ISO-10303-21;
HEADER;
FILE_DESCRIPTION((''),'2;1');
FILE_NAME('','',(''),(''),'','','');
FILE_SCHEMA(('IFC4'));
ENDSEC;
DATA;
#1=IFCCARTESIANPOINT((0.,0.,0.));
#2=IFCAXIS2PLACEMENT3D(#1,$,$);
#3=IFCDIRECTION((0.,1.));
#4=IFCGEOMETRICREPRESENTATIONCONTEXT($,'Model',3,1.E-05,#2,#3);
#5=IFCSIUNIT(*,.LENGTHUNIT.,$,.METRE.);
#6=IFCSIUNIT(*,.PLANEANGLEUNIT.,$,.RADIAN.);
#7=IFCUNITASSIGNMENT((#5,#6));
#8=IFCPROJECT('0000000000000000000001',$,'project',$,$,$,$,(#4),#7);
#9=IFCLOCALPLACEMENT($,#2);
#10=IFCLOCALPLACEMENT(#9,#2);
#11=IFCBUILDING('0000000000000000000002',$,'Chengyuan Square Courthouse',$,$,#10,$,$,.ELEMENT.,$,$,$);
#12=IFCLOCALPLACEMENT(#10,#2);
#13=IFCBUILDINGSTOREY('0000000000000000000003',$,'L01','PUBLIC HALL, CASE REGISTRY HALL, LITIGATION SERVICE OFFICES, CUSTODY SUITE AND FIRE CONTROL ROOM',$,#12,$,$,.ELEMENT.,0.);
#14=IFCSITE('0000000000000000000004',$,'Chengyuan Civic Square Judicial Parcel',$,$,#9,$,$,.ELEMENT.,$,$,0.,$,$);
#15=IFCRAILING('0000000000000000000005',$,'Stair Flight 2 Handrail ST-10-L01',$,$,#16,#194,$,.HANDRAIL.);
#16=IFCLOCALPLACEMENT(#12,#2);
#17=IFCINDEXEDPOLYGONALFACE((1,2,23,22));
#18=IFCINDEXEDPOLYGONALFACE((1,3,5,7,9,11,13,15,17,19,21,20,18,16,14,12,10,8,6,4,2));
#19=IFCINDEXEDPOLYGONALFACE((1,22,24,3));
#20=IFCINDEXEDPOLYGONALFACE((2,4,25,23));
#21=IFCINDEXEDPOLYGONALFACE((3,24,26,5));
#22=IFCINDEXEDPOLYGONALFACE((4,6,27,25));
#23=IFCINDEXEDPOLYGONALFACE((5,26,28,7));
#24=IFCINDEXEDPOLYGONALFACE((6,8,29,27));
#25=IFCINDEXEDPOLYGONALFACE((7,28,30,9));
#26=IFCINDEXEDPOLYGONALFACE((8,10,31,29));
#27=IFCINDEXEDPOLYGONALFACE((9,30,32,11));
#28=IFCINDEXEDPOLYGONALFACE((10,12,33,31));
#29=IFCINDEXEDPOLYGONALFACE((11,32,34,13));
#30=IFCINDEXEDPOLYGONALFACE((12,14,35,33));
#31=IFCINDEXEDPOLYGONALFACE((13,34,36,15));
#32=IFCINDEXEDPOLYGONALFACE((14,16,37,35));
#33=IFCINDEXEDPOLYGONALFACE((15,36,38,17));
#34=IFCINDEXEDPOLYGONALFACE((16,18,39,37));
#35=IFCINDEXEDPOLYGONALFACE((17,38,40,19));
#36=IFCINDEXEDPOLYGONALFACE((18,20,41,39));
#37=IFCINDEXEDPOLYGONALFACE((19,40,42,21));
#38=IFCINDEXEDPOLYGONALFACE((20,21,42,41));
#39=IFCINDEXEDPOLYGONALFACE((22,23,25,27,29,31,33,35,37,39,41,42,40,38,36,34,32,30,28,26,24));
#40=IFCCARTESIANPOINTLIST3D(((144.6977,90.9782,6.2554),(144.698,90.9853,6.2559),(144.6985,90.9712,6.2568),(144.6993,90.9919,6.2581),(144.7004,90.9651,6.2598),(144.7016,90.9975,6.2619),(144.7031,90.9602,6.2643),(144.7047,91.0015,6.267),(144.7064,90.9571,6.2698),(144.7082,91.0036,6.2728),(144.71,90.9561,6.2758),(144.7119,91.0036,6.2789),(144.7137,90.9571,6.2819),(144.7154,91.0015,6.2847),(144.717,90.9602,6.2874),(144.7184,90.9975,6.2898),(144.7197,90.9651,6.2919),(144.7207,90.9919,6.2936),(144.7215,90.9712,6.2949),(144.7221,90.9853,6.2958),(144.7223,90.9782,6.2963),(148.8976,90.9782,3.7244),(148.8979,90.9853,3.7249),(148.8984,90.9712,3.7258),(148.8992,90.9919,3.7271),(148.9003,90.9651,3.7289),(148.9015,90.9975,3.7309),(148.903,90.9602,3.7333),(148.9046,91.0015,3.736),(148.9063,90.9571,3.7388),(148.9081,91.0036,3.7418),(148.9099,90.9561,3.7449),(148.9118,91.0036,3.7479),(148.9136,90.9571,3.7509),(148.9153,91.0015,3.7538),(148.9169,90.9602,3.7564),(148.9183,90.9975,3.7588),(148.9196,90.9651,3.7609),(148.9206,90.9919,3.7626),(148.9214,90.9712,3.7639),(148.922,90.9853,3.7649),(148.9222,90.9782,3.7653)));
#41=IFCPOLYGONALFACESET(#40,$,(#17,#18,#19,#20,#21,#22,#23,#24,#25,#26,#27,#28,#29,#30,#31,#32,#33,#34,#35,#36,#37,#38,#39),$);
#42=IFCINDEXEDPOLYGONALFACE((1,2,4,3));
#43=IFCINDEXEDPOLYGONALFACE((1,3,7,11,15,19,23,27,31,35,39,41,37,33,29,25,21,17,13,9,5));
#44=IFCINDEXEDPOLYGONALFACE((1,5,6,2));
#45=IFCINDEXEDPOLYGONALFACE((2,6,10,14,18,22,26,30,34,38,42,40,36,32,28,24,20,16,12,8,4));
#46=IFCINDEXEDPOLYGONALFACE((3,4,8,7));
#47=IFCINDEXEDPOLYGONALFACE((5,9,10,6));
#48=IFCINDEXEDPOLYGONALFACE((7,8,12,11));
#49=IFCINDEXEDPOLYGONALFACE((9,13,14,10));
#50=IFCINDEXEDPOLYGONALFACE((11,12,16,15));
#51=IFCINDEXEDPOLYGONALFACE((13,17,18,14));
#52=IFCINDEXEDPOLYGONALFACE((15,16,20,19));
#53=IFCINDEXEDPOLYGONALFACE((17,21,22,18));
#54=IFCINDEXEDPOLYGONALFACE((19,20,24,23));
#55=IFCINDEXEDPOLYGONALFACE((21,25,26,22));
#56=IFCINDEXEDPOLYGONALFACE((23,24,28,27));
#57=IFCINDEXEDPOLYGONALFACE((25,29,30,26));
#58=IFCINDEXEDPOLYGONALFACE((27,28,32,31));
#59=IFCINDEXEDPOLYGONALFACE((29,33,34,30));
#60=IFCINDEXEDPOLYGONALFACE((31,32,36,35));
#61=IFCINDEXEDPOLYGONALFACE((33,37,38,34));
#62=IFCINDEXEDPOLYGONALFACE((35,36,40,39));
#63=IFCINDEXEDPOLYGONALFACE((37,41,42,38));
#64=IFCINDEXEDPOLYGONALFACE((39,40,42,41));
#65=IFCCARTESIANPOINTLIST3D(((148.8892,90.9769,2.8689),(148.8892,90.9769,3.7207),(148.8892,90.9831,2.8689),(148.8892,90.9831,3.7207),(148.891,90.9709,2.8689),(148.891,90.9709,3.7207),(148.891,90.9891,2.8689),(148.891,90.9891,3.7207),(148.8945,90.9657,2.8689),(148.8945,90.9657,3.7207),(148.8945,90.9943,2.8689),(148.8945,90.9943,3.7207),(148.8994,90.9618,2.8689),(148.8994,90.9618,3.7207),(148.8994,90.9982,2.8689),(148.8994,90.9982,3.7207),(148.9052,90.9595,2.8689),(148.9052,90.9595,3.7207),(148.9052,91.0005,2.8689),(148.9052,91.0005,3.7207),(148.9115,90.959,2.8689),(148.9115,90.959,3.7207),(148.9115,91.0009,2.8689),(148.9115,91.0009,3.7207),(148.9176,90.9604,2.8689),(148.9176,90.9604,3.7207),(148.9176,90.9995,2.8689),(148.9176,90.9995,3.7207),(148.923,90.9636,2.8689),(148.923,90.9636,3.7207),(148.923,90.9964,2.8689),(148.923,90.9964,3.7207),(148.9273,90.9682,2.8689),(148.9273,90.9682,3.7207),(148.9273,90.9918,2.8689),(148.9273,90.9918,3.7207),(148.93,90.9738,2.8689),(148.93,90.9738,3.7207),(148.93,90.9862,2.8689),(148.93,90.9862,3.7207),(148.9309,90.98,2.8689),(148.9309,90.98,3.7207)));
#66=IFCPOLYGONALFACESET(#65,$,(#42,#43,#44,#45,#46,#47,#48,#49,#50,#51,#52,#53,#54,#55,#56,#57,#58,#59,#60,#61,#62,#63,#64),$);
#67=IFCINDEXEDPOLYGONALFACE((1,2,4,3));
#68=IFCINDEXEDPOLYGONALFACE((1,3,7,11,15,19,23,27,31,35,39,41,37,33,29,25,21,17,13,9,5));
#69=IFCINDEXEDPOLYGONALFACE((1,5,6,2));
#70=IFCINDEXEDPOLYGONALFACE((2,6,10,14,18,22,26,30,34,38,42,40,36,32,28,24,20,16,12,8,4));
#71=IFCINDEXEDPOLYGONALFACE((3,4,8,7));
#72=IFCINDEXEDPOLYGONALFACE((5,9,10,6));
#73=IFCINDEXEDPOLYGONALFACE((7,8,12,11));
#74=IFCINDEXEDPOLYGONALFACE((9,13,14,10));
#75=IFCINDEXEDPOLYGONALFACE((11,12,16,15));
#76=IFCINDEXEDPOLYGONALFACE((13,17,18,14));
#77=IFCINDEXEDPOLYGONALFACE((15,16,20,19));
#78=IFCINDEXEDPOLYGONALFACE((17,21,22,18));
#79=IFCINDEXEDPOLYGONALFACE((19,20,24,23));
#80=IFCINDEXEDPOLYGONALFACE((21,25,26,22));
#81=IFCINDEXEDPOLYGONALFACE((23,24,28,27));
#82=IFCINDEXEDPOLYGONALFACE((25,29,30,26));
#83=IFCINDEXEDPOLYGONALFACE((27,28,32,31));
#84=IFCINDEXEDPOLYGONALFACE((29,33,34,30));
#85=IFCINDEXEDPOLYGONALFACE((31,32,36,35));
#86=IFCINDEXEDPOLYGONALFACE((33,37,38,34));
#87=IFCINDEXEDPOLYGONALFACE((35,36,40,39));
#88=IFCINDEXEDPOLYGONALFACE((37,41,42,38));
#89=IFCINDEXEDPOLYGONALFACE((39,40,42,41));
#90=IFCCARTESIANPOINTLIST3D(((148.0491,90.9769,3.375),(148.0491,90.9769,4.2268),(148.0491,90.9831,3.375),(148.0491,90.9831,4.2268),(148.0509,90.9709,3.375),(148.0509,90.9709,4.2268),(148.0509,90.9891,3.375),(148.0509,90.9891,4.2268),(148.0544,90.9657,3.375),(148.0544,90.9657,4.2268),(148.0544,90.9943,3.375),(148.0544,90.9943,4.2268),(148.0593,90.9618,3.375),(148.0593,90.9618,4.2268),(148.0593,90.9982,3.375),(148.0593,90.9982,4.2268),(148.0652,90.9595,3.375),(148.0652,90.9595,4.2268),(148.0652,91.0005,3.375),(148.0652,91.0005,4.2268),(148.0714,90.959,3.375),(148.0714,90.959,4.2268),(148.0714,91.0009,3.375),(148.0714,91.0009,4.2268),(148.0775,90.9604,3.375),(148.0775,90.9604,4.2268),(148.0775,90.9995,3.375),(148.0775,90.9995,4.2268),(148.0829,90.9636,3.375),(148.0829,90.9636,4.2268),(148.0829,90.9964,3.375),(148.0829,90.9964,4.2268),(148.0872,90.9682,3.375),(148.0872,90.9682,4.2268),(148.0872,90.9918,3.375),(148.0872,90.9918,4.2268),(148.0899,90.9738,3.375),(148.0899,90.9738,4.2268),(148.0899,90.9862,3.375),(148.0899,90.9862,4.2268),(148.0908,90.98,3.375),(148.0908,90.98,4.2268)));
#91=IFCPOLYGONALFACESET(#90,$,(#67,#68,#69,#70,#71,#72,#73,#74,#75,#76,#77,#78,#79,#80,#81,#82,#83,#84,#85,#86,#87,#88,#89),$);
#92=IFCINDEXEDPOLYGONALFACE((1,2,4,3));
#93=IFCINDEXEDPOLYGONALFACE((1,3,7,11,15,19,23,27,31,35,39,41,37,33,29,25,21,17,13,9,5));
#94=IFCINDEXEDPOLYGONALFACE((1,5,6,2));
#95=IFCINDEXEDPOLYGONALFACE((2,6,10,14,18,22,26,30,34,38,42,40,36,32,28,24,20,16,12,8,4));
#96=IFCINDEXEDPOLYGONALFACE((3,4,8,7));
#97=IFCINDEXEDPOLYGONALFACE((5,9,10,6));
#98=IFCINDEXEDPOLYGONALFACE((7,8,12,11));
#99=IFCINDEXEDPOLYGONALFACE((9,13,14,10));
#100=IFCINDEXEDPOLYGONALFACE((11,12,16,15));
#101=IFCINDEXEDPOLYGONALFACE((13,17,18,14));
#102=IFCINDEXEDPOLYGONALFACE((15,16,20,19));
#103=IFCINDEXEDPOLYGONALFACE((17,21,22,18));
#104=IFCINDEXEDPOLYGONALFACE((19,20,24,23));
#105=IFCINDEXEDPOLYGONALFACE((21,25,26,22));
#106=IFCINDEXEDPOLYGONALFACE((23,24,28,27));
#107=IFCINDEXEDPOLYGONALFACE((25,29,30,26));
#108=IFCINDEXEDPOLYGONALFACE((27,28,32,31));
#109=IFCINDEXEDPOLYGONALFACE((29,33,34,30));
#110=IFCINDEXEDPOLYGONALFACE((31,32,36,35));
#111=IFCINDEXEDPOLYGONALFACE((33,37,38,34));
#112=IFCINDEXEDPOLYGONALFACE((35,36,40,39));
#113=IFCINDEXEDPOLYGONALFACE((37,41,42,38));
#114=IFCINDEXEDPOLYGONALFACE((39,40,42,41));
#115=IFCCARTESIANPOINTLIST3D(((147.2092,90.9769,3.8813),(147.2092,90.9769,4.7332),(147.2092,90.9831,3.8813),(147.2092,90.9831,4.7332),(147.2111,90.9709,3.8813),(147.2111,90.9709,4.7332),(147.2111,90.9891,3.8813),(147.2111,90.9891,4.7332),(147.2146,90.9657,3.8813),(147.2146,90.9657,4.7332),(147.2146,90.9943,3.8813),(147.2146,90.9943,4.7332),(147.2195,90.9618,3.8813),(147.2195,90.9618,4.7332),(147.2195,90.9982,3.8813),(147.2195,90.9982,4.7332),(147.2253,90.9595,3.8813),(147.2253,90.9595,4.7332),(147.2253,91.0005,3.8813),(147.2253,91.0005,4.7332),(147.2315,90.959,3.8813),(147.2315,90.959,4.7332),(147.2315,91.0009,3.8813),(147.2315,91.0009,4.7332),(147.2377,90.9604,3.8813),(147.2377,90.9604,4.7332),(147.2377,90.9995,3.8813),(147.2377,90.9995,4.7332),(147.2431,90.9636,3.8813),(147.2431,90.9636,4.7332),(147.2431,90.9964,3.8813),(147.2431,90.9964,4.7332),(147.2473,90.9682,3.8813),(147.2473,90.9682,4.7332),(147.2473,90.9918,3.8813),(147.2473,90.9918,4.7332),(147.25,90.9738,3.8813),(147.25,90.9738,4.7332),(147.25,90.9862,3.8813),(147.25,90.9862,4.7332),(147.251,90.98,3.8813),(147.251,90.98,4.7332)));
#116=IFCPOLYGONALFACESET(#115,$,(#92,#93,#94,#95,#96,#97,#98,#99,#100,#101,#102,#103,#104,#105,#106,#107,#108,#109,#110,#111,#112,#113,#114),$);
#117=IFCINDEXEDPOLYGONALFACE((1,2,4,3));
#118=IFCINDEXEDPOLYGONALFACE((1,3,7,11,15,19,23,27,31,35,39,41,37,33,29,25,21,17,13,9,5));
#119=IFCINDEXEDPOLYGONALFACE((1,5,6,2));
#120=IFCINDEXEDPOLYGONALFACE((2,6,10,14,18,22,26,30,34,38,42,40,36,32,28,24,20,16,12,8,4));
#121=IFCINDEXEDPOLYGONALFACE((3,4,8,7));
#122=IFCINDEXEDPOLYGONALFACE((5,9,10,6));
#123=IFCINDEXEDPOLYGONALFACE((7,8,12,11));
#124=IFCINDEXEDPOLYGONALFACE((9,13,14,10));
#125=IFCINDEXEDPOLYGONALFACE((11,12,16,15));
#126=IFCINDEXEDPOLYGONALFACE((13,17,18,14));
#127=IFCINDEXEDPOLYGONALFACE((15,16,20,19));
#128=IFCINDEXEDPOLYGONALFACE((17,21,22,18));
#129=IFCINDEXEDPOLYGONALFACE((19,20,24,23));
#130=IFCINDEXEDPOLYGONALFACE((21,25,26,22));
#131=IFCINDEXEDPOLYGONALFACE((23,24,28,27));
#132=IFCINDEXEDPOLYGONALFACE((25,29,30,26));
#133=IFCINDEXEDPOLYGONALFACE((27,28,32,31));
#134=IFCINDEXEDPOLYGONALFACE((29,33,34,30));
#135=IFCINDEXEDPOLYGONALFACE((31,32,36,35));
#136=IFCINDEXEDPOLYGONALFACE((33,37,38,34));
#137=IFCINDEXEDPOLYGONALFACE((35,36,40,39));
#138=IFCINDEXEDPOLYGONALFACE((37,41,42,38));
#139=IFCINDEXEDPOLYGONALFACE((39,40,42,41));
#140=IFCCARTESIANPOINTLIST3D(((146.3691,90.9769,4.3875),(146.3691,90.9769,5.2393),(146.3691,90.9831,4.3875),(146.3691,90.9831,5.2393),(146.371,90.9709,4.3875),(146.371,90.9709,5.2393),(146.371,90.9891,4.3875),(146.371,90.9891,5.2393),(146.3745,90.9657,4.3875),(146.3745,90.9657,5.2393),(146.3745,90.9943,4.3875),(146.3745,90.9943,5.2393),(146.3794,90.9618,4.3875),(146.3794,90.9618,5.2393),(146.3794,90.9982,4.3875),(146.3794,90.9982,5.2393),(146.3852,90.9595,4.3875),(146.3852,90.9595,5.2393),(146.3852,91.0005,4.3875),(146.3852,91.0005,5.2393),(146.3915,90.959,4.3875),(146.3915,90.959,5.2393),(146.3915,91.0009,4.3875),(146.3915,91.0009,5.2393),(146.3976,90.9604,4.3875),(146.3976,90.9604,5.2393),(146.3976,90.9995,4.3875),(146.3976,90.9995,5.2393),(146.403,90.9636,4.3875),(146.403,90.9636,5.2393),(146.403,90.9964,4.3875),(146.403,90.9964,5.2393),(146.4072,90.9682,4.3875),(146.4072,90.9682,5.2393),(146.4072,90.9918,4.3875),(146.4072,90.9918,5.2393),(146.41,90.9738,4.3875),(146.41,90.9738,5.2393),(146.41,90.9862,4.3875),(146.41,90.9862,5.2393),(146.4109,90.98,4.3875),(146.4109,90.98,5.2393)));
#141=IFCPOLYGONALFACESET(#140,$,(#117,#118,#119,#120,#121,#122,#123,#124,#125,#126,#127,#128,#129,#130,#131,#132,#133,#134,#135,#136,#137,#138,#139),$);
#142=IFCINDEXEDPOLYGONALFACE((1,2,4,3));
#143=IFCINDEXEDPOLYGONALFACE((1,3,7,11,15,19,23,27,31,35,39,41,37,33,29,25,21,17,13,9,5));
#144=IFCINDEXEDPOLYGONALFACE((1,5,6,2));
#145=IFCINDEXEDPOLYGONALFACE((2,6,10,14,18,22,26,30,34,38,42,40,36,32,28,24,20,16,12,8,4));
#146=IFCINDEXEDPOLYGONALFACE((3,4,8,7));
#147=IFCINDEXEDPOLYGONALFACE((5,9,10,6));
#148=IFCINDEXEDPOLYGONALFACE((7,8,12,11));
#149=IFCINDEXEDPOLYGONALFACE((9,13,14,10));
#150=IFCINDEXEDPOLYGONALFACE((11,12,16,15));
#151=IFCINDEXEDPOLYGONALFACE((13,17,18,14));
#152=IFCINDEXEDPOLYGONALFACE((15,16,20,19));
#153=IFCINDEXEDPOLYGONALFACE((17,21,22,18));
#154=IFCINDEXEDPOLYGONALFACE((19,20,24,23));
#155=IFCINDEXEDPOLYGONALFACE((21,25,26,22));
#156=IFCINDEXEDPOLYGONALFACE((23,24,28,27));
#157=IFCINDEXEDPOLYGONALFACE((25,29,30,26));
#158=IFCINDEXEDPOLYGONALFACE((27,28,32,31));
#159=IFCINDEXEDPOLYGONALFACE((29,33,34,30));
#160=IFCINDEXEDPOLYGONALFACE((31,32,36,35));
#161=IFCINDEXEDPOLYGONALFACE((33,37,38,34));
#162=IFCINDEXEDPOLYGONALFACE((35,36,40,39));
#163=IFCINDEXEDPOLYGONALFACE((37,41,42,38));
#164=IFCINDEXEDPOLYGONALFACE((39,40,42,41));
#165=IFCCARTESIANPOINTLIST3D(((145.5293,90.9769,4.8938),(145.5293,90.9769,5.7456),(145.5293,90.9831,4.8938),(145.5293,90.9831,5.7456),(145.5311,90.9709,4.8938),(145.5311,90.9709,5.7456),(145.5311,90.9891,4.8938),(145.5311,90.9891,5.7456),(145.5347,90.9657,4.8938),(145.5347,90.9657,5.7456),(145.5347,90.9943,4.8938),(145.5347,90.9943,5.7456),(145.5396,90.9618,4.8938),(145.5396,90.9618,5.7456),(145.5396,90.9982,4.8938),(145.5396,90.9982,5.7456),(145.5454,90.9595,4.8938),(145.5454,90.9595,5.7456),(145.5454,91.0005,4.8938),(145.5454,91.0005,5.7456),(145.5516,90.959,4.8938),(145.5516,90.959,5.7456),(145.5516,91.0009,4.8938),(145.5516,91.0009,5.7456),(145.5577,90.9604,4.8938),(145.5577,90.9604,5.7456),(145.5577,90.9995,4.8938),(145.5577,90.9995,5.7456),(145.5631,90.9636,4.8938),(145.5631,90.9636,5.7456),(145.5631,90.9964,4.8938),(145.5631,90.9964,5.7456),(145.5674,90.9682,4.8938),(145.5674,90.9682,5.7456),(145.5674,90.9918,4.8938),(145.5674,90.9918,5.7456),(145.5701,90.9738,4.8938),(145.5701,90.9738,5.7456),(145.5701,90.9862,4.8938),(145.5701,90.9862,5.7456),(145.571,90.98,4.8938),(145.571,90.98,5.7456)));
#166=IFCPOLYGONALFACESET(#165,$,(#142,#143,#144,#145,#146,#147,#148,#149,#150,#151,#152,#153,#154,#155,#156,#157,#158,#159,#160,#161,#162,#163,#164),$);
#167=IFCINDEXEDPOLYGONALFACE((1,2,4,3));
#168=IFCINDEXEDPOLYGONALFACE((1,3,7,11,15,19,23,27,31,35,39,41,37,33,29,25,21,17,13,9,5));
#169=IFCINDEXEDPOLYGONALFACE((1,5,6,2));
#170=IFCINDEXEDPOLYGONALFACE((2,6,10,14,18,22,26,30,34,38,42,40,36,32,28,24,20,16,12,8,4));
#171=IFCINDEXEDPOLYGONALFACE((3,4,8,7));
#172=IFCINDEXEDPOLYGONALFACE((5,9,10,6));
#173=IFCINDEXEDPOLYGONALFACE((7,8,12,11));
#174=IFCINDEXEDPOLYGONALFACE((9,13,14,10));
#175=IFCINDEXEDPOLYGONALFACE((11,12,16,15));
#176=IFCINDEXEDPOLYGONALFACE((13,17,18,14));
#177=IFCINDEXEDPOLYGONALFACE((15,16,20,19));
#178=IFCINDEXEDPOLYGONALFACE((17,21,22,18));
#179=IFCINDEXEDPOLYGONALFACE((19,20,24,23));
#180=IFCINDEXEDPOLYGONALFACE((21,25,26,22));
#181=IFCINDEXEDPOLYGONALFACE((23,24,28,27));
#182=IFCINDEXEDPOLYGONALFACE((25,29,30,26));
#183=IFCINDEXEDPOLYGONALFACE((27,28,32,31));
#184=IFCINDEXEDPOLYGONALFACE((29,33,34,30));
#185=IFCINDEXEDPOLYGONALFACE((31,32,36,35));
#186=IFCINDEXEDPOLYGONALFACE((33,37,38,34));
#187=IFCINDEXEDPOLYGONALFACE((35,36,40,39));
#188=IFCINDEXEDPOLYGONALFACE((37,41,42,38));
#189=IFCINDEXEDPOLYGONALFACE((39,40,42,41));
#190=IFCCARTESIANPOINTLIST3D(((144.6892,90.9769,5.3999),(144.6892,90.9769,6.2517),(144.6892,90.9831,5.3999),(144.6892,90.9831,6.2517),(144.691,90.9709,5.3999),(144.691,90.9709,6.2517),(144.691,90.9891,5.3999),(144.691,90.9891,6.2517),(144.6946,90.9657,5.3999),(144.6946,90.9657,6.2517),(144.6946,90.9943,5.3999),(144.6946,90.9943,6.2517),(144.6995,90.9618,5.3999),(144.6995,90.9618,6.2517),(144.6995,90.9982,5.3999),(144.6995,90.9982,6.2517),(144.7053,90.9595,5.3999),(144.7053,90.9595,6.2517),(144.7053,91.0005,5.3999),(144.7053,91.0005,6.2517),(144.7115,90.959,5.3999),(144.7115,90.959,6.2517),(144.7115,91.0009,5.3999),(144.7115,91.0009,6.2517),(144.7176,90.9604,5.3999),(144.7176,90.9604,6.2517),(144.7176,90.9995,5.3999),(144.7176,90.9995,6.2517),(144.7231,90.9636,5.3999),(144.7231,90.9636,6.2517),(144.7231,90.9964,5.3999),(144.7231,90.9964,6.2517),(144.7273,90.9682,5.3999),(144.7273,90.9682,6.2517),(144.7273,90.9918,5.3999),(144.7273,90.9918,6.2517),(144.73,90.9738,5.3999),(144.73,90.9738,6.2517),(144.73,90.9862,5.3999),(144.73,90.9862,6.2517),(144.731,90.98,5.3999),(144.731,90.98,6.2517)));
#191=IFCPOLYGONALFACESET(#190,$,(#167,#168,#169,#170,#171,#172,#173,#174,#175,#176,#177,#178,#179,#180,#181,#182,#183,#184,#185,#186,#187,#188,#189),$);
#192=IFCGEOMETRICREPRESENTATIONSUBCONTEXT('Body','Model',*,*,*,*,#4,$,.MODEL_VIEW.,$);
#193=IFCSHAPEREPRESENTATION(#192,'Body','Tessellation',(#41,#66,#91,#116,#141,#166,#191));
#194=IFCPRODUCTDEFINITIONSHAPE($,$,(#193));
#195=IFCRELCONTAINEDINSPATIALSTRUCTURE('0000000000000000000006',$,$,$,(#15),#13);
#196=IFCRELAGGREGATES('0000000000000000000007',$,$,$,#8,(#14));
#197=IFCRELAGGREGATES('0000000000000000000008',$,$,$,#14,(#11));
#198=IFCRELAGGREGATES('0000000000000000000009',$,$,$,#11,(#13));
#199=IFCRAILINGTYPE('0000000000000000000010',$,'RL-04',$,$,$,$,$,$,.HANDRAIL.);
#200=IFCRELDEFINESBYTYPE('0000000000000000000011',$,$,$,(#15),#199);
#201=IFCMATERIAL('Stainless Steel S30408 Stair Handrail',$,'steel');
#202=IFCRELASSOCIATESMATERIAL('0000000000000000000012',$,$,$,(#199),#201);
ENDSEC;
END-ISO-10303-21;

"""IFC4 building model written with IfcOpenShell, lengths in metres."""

from ifc_helpers import new_model, si_unit, direction, frame, origin, origin_2d, place, context, subcontext, project, spatial, circle, extrude, material, type_object, element, save


model = new_model("IFC4")

# Units and contexts
model_context = context("Model", 3, precision=1e-05, world=origin(), true_north=direction((0.0, 1.0)))
body_context = subcontext(model_context, "Body", "Model", "MODEL_VIEW")
ifc_project = project(units=[si_unit("LENGTHUNIT", "METRE"), si_unit("PLANEANGLEUNIT", "RADIAN")], contexts=[model_context])

# Site, building, storey
site_placement = place(None, origin())
site = spatial("IfcSite", under=ifc_project, at=site_placement, Name="Chengyuan Civic Square Judicial Parcel", CompositionType="ELEMENT", RefElevation=0.0)
building_placement = place(site_placement, origin())
building = spatial("IfcBuilding", under=site, at=building_placement, Name="Chengyuan Square Courthouse", CompositionType="ELEMENT")
storey_placement = place(building_placement, origin())
storey = spatial("IfcBuildingStorey", under=building, at=storey_placement, Name="L01", Description="PUBLIC HALL, CASE REGISTRY HALL, LITIGATION SERVICE OFFICES, CUSTODY SUITE AND FIRE CONTROL ROOM", CompositionType="ELEMENT", Elevation=0.0)

# Railing
ifc_material_1 = material(Name="Stainless Steel S30408 Stair Handrail", Category="steel")
railing_type_1 = type_object("IfcRailingType", Name="RL-04", PredefinedType="HANDRAIL", material=ifc_material_1)
railing_1_placement = place(storey_placement, frame((148.9099, 90.98, 2.8689)))
element("IfcRailing", 1, at=railing_1_placement, inside=storey, type_object=railing_type_1, Name="Stair Flight 2 Handrail ST-10-L01", PredefinedType="HANDRAIL", context=body_context, shape_type="SweptSolid", body=[
    extrude(circle(Radius=0.0239, at=origin_2d()), frame((0.0, 0.0, 0.876), z_axis=(-0.856499, 0.0, 0.51615), x_axis=(0.0, -1.0, 0.0)), (0.0, 0.0, 1.0), 4.9036),
    extrude(circle(Radius=0.021, at=origin_2d()), origin(), (0.0, 0.0, 1.0), 0.8518),
    extrude(circle(Radius=0.021, at=origin_2d()), frame((-0.8401, 0.0, 0.5061)), (0.0, 0.0, 1.0), 0.8518),
    extrude(circle(Radius=0.021, at=origin_2d()), frame((-1.6799, 0.0, 1.0125)), (0.0, 0.0, 1.0), 0.8518),
    extrude(circle(Radius=0.021, at=origin_2d()), frame((-2.52, 0.0, 1.5186)), (0.0, 0.0, 1.0), 0.8518),
    extrude(circle(Radius=0.021, at=origin_2d()), frame((-3.3599, 0.0, 2.0249)), (0.0, 0.0, 1.0), 0.8518),
    extrude(circle(Radius=0.021, at=origin_2d()), frame((-4.2, 0.0, 2.531)), (0.0, 0.0, 1.0), 0.8518),
])

save(model, "model.ifc")
